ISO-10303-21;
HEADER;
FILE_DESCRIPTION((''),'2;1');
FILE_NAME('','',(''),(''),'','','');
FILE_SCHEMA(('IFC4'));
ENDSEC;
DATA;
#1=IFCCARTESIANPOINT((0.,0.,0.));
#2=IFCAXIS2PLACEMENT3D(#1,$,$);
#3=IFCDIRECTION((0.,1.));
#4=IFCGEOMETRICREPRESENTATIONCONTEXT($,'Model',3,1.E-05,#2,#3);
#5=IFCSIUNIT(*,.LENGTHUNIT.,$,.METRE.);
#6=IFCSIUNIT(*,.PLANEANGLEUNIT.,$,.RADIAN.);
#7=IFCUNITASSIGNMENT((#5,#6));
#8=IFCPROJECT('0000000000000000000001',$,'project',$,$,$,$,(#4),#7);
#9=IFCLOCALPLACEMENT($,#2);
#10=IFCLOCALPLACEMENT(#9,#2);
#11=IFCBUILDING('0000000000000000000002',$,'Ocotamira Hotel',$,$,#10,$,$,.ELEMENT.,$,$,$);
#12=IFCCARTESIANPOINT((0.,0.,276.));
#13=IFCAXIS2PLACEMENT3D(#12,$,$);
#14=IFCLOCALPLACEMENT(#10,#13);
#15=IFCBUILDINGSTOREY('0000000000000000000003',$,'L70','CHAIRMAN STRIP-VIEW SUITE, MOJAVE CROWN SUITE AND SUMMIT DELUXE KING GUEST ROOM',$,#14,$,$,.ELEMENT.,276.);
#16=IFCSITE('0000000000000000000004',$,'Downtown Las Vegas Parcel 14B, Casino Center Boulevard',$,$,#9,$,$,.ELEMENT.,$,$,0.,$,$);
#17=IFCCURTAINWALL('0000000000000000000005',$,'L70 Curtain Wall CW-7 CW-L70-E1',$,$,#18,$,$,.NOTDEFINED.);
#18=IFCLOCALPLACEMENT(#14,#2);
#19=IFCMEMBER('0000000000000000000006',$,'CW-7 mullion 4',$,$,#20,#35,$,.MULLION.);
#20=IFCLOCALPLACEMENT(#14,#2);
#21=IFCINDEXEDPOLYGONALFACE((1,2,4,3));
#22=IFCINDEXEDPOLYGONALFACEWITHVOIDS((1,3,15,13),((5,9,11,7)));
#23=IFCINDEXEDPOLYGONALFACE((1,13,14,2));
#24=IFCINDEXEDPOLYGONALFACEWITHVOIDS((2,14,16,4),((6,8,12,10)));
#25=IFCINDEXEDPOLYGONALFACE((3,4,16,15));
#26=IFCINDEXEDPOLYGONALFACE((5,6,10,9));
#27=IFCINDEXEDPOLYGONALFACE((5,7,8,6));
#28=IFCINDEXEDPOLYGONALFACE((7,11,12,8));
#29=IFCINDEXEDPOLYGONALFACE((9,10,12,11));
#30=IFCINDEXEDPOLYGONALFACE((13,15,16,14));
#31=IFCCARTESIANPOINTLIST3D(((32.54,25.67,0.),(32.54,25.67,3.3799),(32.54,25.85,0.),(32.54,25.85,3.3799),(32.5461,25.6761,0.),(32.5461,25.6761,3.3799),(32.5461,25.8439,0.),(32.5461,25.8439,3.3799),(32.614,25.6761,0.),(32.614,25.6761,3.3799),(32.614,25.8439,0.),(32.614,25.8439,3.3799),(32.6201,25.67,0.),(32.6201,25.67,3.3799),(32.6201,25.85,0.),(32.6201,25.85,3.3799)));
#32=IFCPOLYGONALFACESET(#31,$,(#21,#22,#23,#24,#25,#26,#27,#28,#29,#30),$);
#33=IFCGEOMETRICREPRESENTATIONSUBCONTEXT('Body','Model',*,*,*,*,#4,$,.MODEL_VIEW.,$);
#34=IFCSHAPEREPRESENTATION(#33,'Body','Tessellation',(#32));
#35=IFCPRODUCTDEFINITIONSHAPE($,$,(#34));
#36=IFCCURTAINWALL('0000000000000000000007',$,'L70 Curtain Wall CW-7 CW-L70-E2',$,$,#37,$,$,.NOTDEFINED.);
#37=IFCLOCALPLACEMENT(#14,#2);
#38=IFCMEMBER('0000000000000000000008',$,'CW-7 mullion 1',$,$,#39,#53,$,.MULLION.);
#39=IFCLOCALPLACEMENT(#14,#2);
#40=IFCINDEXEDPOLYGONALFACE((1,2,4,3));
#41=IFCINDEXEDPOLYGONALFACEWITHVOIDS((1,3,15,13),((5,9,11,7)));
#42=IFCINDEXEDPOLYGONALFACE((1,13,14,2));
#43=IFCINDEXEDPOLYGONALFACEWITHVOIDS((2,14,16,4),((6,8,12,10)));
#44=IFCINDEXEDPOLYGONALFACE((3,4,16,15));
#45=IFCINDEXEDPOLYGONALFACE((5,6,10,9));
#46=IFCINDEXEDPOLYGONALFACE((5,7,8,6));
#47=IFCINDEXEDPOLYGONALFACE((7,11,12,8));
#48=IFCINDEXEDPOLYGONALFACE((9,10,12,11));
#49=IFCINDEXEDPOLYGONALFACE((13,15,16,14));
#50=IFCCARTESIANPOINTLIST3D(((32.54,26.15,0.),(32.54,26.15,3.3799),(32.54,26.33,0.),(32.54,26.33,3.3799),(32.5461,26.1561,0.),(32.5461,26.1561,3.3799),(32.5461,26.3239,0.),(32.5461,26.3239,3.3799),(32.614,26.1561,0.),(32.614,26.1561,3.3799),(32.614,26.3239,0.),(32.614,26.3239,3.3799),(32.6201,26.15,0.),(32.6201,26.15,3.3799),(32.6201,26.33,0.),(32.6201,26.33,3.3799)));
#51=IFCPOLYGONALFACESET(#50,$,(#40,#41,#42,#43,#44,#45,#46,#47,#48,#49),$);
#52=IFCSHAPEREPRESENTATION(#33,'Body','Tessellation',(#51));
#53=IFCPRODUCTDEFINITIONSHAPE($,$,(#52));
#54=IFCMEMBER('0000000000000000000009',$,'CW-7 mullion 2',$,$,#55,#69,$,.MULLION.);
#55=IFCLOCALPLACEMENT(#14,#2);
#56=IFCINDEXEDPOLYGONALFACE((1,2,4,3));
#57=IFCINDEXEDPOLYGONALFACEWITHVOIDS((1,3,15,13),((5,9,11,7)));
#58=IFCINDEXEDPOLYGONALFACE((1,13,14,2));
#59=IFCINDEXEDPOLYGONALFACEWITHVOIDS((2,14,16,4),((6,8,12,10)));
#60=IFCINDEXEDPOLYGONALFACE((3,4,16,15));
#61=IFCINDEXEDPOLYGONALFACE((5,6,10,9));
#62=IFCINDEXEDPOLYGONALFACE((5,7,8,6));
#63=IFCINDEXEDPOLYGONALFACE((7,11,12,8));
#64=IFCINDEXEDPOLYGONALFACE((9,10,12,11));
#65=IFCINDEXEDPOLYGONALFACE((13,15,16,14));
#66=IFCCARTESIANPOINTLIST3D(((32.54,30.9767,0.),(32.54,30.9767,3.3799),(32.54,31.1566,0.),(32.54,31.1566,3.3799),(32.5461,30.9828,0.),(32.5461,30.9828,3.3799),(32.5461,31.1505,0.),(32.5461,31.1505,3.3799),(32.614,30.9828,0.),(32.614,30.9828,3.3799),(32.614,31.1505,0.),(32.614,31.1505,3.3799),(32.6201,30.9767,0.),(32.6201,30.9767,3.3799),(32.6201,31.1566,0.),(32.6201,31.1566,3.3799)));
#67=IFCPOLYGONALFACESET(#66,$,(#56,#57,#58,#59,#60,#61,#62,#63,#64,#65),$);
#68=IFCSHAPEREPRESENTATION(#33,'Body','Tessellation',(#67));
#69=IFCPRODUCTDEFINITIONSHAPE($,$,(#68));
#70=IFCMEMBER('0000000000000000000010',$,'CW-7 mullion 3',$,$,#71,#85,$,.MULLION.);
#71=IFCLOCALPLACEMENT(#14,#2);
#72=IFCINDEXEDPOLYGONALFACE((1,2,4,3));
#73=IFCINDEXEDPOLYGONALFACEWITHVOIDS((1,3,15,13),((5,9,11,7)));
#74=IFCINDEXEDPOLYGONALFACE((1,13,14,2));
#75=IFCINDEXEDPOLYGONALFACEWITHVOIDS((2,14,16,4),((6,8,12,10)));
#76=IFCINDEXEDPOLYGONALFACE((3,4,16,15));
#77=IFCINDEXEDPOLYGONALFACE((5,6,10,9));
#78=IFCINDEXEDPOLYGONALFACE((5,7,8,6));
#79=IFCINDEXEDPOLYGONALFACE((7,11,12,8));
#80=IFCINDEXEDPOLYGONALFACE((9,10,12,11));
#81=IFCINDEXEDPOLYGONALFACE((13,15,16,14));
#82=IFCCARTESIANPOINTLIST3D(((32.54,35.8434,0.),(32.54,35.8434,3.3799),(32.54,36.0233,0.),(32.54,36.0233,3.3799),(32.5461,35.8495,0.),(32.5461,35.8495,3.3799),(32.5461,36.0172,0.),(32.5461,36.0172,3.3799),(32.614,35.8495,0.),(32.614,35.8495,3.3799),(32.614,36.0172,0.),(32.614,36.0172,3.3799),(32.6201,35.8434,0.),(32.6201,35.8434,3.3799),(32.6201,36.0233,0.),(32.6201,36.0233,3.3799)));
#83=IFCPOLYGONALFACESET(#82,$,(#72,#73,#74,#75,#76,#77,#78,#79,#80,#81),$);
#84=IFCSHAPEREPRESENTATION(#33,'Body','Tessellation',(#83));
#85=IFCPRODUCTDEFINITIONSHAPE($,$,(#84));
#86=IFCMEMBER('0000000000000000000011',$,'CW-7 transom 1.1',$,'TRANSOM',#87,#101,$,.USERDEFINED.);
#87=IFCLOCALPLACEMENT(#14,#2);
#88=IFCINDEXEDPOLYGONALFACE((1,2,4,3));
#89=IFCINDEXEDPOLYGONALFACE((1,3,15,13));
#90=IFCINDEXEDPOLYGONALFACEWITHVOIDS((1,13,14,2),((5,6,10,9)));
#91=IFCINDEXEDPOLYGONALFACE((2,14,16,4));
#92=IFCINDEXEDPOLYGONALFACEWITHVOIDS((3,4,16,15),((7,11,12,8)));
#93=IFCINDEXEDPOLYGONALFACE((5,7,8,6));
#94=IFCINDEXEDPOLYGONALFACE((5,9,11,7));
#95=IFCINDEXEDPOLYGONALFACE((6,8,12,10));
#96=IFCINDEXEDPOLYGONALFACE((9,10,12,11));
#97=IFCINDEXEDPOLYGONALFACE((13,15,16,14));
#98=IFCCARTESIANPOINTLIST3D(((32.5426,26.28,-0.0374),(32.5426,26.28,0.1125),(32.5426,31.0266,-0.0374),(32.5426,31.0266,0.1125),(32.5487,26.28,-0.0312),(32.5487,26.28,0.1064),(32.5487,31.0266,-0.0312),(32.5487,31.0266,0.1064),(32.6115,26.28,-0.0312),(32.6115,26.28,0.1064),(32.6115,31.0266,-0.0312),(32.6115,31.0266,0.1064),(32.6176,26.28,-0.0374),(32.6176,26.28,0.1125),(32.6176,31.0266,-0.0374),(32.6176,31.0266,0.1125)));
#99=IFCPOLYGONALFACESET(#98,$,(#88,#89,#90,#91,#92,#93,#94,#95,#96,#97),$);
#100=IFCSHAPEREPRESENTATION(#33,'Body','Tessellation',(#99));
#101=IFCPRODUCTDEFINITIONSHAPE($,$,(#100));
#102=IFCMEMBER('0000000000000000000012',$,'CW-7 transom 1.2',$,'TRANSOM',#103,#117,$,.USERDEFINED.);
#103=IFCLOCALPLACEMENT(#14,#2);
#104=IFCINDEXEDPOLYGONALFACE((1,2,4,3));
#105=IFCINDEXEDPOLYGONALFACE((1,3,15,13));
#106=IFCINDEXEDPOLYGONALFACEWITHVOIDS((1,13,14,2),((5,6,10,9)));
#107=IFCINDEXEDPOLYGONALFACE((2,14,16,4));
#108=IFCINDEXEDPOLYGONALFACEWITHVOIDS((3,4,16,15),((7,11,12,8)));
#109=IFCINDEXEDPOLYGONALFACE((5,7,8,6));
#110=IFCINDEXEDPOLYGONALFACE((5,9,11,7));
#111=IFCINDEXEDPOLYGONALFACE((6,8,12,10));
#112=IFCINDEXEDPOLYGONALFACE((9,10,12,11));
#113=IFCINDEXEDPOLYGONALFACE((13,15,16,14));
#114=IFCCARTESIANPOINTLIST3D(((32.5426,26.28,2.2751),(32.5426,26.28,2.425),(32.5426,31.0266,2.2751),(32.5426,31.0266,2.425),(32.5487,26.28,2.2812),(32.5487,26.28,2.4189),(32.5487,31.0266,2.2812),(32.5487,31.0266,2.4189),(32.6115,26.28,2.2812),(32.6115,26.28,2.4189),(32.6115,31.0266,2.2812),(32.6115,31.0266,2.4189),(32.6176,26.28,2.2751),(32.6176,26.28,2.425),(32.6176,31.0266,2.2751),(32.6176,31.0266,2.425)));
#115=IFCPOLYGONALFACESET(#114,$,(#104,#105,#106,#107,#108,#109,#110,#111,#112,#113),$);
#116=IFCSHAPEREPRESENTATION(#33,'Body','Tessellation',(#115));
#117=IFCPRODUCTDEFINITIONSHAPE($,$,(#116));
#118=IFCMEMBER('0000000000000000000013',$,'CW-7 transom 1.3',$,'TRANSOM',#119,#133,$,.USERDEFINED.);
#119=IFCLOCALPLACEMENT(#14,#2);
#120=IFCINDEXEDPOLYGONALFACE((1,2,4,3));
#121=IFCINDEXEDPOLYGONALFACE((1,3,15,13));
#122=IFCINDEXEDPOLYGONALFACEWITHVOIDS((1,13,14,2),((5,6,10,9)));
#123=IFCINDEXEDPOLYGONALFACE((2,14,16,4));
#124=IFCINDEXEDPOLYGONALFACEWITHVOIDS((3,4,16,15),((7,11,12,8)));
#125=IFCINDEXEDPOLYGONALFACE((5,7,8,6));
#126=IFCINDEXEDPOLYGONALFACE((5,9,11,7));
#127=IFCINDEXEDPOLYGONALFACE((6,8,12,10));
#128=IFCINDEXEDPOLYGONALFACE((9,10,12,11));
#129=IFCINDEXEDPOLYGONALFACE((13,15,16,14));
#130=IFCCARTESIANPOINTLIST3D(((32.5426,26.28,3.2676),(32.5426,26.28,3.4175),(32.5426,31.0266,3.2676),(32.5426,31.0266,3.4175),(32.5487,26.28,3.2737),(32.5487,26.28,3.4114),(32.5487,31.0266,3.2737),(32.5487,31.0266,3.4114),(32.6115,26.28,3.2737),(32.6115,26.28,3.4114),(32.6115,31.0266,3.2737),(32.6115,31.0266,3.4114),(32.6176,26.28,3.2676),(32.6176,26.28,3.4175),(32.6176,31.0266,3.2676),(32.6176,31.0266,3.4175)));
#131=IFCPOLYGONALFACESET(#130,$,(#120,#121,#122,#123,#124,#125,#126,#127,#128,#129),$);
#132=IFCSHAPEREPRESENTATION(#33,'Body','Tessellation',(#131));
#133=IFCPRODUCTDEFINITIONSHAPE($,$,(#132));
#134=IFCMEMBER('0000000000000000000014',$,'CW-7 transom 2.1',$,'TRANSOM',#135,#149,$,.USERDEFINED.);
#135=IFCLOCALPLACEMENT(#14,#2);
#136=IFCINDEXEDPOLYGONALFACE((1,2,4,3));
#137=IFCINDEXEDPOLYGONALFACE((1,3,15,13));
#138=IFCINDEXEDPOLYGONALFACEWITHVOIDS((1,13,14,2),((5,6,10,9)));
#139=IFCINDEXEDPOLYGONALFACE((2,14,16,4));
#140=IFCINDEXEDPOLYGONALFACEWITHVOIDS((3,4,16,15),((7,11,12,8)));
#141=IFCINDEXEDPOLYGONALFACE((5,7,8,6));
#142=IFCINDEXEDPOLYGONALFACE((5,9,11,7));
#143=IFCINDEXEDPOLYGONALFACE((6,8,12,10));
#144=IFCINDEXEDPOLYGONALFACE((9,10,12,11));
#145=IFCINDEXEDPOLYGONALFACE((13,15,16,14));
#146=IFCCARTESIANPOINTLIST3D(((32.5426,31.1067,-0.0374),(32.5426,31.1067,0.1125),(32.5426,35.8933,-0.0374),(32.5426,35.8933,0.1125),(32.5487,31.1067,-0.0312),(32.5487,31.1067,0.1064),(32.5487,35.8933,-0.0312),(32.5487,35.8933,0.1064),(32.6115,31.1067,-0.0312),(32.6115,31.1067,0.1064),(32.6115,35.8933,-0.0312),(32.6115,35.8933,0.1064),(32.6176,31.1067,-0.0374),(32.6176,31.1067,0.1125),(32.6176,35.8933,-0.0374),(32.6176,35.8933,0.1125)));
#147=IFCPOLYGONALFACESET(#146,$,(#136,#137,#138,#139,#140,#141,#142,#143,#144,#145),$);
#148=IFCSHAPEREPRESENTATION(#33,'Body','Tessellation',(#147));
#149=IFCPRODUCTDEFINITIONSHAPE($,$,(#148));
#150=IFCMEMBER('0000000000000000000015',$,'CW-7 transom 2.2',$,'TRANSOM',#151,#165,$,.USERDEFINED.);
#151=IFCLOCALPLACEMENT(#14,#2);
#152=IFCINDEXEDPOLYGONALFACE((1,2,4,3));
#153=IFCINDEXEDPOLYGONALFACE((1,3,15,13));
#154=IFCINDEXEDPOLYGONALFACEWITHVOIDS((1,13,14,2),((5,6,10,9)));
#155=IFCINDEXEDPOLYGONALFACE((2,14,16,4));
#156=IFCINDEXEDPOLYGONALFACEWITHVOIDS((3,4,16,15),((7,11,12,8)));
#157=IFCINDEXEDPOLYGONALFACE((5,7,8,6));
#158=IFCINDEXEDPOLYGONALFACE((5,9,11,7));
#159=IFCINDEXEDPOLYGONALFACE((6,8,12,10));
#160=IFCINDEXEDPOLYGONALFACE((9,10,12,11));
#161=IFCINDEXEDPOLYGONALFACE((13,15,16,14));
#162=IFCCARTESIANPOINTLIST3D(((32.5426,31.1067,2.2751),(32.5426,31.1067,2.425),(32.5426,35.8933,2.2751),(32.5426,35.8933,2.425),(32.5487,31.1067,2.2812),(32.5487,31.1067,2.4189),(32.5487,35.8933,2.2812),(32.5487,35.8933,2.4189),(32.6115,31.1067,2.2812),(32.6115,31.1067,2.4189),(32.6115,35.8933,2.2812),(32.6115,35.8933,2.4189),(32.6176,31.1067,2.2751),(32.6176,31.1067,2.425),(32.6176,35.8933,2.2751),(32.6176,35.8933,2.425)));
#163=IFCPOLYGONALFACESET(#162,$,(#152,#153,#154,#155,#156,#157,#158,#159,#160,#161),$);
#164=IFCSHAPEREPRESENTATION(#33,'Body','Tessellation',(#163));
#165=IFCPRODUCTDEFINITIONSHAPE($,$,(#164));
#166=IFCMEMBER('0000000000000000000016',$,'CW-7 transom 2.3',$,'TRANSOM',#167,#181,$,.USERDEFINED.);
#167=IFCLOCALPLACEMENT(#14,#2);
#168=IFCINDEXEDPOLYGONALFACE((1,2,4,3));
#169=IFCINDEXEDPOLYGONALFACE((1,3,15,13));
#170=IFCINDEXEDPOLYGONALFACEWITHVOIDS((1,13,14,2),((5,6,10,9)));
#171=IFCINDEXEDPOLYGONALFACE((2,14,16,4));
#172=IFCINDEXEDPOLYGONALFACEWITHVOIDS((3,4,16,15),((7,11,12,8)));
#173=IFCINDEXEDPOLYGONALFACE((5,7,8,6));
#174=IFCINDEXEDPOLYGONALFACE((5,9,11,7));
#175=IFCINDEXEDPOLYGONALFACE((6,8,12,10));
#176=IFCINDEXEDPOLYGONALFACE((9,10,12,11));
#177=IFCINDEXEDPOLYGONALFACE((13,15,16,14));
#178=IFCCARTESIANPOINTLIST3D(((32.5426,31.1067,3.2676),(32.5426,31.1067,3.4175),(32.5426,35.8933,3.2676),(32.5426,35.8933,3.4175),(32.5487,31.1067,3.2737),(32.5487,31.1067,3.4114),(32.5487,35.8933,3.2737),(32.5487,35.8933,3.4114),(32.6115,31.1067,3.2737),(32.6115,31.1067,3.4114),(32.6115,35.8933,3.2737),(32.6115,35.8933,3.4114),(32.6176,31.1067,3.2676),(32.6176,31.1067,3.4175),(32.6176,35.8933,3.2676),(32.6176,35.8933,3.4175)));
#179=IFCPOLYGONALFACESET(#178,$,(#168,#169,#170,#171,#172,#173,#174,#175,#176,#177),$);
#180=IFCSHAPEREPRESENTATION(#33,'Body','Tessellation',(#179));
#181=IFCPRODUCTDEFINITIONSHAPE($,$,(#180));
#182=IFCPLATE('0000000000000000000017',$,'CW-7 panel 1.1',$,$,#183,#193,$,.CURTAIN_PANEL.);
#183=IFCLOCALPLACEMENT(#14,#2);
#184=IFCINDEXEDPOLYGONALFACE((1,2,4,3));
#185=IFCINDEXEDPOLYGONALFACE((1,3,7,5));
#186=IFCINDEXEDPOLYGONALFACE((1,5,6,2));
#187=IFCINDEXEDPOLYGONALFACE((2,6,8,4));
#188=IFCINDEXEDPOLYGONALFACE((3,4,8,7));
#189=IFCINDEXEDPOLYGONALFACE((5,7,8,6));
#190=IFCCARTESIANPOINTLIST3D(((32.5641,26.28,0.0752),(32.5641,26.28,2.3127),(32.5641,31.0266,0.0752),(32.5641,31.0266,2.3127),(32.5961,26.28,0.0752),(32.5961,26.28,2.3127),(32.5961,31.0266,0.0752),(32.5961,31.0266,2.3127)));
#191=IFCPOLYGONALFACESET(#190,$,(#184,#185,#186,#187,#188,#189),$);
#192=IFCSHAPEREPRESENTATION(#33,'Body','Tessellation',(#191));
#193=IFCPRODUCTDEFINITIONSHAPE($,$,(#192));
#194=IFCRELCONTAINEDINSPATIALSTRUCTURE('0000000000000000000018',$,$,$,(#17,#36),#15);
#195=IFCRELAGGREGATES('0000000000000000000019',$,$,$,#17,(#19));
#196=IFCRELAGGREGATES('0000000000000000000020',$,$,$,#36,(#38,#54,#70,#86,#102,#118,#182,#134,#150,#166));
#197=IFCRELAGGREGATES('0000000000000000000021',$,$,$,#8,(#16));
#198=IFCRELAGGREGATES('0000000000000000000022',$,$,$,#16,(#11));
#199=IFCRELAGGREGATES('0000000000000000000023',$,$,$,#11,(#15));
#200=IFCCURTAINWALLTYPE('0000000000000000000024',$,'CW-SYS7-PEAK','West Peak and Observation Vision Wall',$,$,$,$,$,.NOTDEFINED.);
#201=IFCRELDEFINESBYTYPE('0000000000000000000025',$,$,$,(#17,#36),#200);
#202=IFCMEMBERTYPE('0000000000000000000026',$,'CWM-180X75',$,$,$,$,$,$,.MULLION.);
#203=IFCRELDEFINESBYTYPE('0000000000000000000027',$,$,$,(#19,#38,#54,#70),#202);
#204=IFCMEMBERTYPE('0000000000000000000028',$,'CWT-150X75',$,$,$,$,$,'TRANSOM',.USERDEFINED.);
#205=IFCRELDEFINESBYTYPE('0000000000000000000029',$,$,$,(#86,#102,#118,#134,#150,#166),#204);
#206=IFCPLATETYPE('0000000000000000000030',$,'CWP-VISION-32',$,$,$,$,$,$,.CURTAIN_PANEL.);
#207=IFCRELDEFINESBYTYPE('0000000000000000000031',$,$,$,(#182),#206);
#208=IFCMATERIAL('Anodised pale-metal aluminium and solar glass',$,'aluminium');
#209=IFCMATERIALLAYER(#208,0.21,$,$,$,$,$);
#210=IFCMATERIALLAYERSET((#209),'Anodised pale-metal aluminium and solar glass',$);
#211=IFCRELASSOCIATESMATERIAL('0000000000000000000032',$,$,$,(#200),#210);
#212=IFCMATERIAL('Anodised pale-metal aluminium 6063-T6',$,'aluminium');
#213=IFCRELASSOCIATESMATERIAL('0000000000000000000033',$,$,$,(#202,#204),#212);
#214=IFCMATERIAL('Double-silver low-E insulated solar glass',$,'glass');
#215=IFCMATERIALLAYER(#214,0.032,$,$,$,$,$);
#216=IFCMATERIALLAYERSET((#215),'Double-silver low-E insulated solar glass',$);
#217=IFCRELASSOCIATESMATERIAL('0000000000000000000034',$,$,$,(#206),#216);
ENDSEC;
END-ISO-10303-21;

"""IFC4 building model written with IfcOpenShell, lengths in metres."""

from ifc_helpers import new_model, si_unit, direction, frame, origin, origin_2d, place, context, subcontext, project, spatial, rectangle, hollow_rectangle, extrude, source, transform, mapped, material, layer, layer_set, material_profile, profile_set, type_object, element, aggregate, save


model = new_model("IFC4")

# Units and contexts
model_context = context("Model", 3, precision=1e-05, world=origin(), true_north=direction((0.0, 1.0)))
body_context = subcontext(model_context, "Body", "Model", "MODEL_VIEW")
ifc_project = project(units=[si_unit("LENGTHUNIT", "METRE"), si_unit("PLANEANGLEUNIT", "RADIAN")], contexts=[model_context])

# Site, building, storey
site_placement = place(None, origin())
site = spatial("IfcSite", under=ifc_project, at=site_placement, Name="Downtown Las Vegas Parcel 14B, Casino Center Boulevard", CompositionType="ELEMENT", RefElevation=0.0)
building_placement = place(site_placement, origin())
building = spatial("IfcBuilding", under=site, at=building_placement, Name="Ocotamira Hotel", CompositionType="ELEMENT")
storey_placement = place(building_placement, frame((0.0, 0.0, 276.0)))
storey = spatial("IfcBuildingStorey", under=building, at=storey_placement, Name="L70", Description="CHAIRMAN STRIP-VIEW SUITE, MOJAVE CROWN SUITE AND SUMMIT DELUXE KING GUEST ROOM", CompositionType="ELEMENT", Elevation=276.0)

# Curtain wall, member
ifc_material_1 = material(Name="Anodised pale-metal aluminium and solar glass", Category="aluminium")
ifc_layer_1 = layer(ifc_material_1, 0.21)
ifc_layer_set_1 = layer_set([ifc_layer_1], Name="Anodised pale-metal aluminium and solar glass")
curtain_wall_type = type_object("IfcCurtainWallType", Name="CW-SYS7-PEAK", Description="West Peak and Observation Vision Wall", PredefinedType="NOTDEFINED", material=ifc_layer_set_1)
curtain_wall_1_placement = place(storey_placement, origin())
curtain_wall_1 = element("IfcCurtainWall", 1, at=curtain_wall_1_placement, inside=storey, type_object=curtain_wall_type, Name="L70 Curtain Wall CW-7 CW-L70-E1", PredefinedType="NOTDEFINED")
ifc_material_2 = material(Name="Anodised pale-metal aluminium 6063-T6", Category="aluminium")
ifc_material_profile_1 = material_profile(ifc_material_2, hollow_rectangle(XDim=0.0801, YDim=0.1799, WallThickness=0.0061, at=origin_2d()), Name="HSS180X80X6")
ifc_profile_set_1 = profile_set([ifc_material_profile_1], Name="Anodised pale-metal aluminium 6063-T6")
member_type_1 = type_object("IfcMemberType", Name="CWM-180X75", PredefinedType="MULLION", material=ifc_profile_set_1)
shared_shape_1 = source(origin(), body_context, "Body", "SweptSolid", [
    extrude(hollow_rectangle(XDim=0.0801, YDim=0.1799, WallThickness=0.0061, at=origin_2d()), origin(), (0.0, 0.0, 1.0), 3.3799),
])
member_1_placement = place(storey_placement, frame((32.5801, 25.76, 0.0), z_axis=(0.0, 0.0, 1.0), x_axis=(-1.0, 0.0, 0.0)))
member_1 = element("IfcMember", 2, at=member_1_placement, type_object=member_type_1, Name="CW-7 mullion 4", PredefinedType="MULLION", context=body_context, shape_type="MappedRepresentation", body=[
    mapped(shared_shape_1, transform((0.0, 0.0, 0.0), scale=1.0)),
])
aggregate(curtain_wall_1, [member_1])

# Curtain wall, members, plate
curtain_wall_2_placement = place(storey_placement, origin())
curtain_wall_2 = element("IfcCurtainWall", 3, at=curtain_wall_2_placement, inside=storey, type_object=curtain_wall_type, Name="L70 Curtain Wall CW-7 CW-L70-E2", PredefinedType="NOTDEFINED")
member_2_placement = place(storey_placement, frame((32.5801, 26.24, 0.0), z_axis=(0.0, 0.0, 1.0), x_axis=(-1.0, 0.0, 0.0)))
member_2 = element("IfcMember", 4, at=member_2_placement, type_object=member_type_1, Name="CW-7 mullion 1", PredefinedType="MULLION", context=body_context, shape_type="MappedRepresentation", body=[
    mapped(shared_shape_1, transform((0.0, 0.0, 0.0), scale=1.0)),
])
member_3_placement = place(storey_placement, frame((32.5801, 31.0667, 0.0), z_axis=(0.0, 0.0, 1.0), x_axis=(-1.0, 0.0, 0.0)))
member_3 = element("IfcMember", 5, at=member_3_placement, type_object=member_type_1, Name="CW-7 mullion 2", PredefinedType="MULLION", context=body_context, shape_type="MappedRepresentation", body=[
    mapped(shared_shape_1, transform((0.0, 0.0, 0.0), scale=1.0)),
])
member_4_placement = place(storey_placement, frame((32.5801, 35.9333, 0.0), z_axis=(0.0, 0.0, 1.0), x_axis=(-1.0, 0.0, 0.0)))
member_4 = element("IfcMember", 6, at=member_4_placement, type_object=member_type_1, Name="CW-7 mullion 3", PredefinedType="MULLION", context=body_context, shape_type="MappedRepresentation", body=[
    mapped(shared_shape_1, transform((0.0, 0.0, 0.0), scale=1.0)),
])
ifc_material_profile_2 = material_profile(ifc_material_2, hollow_rectangle(XDim=0.075, YDim=0.1499, WallThickness=0.0061, at=origin_2d()), Name="HSS150X75X6")
ifc_profile_set_2 = profile_set([ifc_material_profile_2], Name="Anodised pale-metal aluminium 6063-T6")
member_type_2 = type_object("IfcMemberType", Name="CWT-150X75", ElementType="TRANSOM", PredefinedType="USERDEFINED", material=ifc_profile_set_2)
shared_shape_2 = source(origin(), body_context, "Body", "SweptSolid", [
    extrude(hollow_rectangle(XDim=0.075, YDim=0.1499, WallThickness=0.0061, at=origin_2d()), origin(), (0.0, 0.0, 1.0), 4.7466),
])
member_5_placement = place(storey_placement, frame((32.5801, 26.28, 0.0376), z_axis=(0.0, 1.0, 0.0), x_axis=(-1.0, 0.0, 0.0)))
member_5 = element("IfcMember", 7, at=member_5_placement, type_object=member_type_2, Name="CW-7 transom 1.1", ObjectType="TRANSOM", PredefinedType="USERDEFINED", context=body_context, shape_type="MappedRepresentation", body=[
    mapped(shared_shape_2, transform((0.0, 0.0, 0.0), scale=1.0)),
])
member_6_placement = place(storey_placement, frame((32.5801, 26.28, 2.3501), z_axis=(0.0, 1.0, 0.0), x_axis=(-1.0, 0.0, 0.0)))
member_6 = element("IfcMember", 8, at=member_6_placement, type_object=member_type_2, Name="CW-7 transom 1.2", ObjectType="TRANSOM", PredefinedType="USERDEFINED", context=body_context, shape_type="MappedRepresentation", body=[
    mapped(shared_shape_2, transform((0.0, 0.0, 0.0), scale=1.0)),
])
member_7_placement = place(storey_placement, frame((32.5801, 26.28, 3.3425), z_axis=(0.0, 1.0, 0.0), x_axis=(-1.0, 0.0, 0.0)))
member_7 = element("IfcMember", 9, at=member_7_placement, type_object=member_type_2, Name="CW-7 transom 1.3", ObjectType="TRANSOM", PredefinedType="USERDEFINED", context=body_context, shape_type="MappedRepresentation", body=[
    mapped(shared_shape_2, transform((0.0, 0.0, 0.0), scale=1.0)),
])
shared_shape_3 = source(origin(), body_context, "Body", "SweptSolid", [
    extrude(hollow_rectangle(XDim=0.075, YDim=0.1499, WallThickness=0.0061, at=origin_2d()), origin(), (0.0, 0.0, 1.0), 4.7866),
])
member_8_placement = place(storey_placement, frame((32.5801, 31.1067, 0.0376), z_axis=(0.0, 1.0, 0.0), x_axis=(-1.0, 0.0, 0.0)))
member_8 = element("IfcMember", 10, at=member_8_placement, type_object=member_type_2, Name="CW-7 transom 2.1", ObjectType="TRANSOM", PredefinedType="USERDEFINED", context=body_context, shape_type="MappedRepresentation", body=[
    mapped(shared_shape_3, transform((0.0, 0.0, 0.0), scale=1.0)),
])
member_9_placement = place(storey_placement, frame((32.5801, 31.1067, 2.3501), z_axis=(0.0, 1.0, 0.0), x_axis=(-1.0, 0.0, 0.0)))
member_9 = element("IfcMember", 11, at=member_9_placement, type_object=member_type_2, Name="CW-7 transom 2.2", ObjectType="TRANSOM", PredefinedType="USERDEFINED", context=body_context, shape_type="MappedRepresentation", body=[
    mapped(shared_shape_3, transform((0.0, 0.0, 0.0), scale=1.0)),
])
member_10_placement = place(storey_placement, frame((32.5801, 31.1067, 3.3425), z_axis=(0.0, 1.0, 0.0), x_axis=(-1.0, 0.0, 0.0)))
member_10 = element("IfcMember", 12, at=member_10_placement, type_object=member_type_2, Name="CW-7 transom 2.3", ObjectType="TRANSOM", PredefinedType="USERDEFINED", context=body_context, shape_type="MappedRepresentation", body=[
    mapped(shared_shape_3, transform((0.0, 0.0, 0.0), scale=1.0)),
])
ifc_material_3 = material(Name="Double-silver low-E insulated solar glass", Category="glass")
ifc_layer_2 = layer(ifc_material_3, 0.032)
ifc_layer_set_2 = layer_set([ifc_layer_2], Name="Double-silver low-E insulated solar glass")
plate_type = type_object("IfcPlateType", Name="CWP-VISION-32", PredefinedType="CURTAIN_PANEL", material=ifc_layer_set_2)
shared_shape_4 = source(origin(), body_context, "Body", "SweptSolid", [
    extrude(rectangle(XDim=4.7466, YDim=0.032, at=origin_2d()), origin(), (0.0, 0.0, 1.0), 2.2375),
])
plate_1_placement = place(storey_placement, frame((32.5801, 28.6533, 0.0752), z_axis=(0.0, 0.0, 1.0), x_axis=(0.0, 1.0, 0.0)))
plate_1 = element("IfcPlate", 13, at=plate_1_placement, type_object=plate_type, Name="CW-7 panel 1.1", PredefinedType="CURTAIN_PANEL", context=body_context, shape_type="MappedRepresentation", body=[
    mapped(shared_shape_4, transform((0.0, 0.0, 0.0), scale=1.0)),
])
aggregate(curtain_wall_2, [member_2, member_3, member_4, member_5, member_6, member_7, plate_1, member_8, member_9, member_10])

save(model, "model.ifc")
